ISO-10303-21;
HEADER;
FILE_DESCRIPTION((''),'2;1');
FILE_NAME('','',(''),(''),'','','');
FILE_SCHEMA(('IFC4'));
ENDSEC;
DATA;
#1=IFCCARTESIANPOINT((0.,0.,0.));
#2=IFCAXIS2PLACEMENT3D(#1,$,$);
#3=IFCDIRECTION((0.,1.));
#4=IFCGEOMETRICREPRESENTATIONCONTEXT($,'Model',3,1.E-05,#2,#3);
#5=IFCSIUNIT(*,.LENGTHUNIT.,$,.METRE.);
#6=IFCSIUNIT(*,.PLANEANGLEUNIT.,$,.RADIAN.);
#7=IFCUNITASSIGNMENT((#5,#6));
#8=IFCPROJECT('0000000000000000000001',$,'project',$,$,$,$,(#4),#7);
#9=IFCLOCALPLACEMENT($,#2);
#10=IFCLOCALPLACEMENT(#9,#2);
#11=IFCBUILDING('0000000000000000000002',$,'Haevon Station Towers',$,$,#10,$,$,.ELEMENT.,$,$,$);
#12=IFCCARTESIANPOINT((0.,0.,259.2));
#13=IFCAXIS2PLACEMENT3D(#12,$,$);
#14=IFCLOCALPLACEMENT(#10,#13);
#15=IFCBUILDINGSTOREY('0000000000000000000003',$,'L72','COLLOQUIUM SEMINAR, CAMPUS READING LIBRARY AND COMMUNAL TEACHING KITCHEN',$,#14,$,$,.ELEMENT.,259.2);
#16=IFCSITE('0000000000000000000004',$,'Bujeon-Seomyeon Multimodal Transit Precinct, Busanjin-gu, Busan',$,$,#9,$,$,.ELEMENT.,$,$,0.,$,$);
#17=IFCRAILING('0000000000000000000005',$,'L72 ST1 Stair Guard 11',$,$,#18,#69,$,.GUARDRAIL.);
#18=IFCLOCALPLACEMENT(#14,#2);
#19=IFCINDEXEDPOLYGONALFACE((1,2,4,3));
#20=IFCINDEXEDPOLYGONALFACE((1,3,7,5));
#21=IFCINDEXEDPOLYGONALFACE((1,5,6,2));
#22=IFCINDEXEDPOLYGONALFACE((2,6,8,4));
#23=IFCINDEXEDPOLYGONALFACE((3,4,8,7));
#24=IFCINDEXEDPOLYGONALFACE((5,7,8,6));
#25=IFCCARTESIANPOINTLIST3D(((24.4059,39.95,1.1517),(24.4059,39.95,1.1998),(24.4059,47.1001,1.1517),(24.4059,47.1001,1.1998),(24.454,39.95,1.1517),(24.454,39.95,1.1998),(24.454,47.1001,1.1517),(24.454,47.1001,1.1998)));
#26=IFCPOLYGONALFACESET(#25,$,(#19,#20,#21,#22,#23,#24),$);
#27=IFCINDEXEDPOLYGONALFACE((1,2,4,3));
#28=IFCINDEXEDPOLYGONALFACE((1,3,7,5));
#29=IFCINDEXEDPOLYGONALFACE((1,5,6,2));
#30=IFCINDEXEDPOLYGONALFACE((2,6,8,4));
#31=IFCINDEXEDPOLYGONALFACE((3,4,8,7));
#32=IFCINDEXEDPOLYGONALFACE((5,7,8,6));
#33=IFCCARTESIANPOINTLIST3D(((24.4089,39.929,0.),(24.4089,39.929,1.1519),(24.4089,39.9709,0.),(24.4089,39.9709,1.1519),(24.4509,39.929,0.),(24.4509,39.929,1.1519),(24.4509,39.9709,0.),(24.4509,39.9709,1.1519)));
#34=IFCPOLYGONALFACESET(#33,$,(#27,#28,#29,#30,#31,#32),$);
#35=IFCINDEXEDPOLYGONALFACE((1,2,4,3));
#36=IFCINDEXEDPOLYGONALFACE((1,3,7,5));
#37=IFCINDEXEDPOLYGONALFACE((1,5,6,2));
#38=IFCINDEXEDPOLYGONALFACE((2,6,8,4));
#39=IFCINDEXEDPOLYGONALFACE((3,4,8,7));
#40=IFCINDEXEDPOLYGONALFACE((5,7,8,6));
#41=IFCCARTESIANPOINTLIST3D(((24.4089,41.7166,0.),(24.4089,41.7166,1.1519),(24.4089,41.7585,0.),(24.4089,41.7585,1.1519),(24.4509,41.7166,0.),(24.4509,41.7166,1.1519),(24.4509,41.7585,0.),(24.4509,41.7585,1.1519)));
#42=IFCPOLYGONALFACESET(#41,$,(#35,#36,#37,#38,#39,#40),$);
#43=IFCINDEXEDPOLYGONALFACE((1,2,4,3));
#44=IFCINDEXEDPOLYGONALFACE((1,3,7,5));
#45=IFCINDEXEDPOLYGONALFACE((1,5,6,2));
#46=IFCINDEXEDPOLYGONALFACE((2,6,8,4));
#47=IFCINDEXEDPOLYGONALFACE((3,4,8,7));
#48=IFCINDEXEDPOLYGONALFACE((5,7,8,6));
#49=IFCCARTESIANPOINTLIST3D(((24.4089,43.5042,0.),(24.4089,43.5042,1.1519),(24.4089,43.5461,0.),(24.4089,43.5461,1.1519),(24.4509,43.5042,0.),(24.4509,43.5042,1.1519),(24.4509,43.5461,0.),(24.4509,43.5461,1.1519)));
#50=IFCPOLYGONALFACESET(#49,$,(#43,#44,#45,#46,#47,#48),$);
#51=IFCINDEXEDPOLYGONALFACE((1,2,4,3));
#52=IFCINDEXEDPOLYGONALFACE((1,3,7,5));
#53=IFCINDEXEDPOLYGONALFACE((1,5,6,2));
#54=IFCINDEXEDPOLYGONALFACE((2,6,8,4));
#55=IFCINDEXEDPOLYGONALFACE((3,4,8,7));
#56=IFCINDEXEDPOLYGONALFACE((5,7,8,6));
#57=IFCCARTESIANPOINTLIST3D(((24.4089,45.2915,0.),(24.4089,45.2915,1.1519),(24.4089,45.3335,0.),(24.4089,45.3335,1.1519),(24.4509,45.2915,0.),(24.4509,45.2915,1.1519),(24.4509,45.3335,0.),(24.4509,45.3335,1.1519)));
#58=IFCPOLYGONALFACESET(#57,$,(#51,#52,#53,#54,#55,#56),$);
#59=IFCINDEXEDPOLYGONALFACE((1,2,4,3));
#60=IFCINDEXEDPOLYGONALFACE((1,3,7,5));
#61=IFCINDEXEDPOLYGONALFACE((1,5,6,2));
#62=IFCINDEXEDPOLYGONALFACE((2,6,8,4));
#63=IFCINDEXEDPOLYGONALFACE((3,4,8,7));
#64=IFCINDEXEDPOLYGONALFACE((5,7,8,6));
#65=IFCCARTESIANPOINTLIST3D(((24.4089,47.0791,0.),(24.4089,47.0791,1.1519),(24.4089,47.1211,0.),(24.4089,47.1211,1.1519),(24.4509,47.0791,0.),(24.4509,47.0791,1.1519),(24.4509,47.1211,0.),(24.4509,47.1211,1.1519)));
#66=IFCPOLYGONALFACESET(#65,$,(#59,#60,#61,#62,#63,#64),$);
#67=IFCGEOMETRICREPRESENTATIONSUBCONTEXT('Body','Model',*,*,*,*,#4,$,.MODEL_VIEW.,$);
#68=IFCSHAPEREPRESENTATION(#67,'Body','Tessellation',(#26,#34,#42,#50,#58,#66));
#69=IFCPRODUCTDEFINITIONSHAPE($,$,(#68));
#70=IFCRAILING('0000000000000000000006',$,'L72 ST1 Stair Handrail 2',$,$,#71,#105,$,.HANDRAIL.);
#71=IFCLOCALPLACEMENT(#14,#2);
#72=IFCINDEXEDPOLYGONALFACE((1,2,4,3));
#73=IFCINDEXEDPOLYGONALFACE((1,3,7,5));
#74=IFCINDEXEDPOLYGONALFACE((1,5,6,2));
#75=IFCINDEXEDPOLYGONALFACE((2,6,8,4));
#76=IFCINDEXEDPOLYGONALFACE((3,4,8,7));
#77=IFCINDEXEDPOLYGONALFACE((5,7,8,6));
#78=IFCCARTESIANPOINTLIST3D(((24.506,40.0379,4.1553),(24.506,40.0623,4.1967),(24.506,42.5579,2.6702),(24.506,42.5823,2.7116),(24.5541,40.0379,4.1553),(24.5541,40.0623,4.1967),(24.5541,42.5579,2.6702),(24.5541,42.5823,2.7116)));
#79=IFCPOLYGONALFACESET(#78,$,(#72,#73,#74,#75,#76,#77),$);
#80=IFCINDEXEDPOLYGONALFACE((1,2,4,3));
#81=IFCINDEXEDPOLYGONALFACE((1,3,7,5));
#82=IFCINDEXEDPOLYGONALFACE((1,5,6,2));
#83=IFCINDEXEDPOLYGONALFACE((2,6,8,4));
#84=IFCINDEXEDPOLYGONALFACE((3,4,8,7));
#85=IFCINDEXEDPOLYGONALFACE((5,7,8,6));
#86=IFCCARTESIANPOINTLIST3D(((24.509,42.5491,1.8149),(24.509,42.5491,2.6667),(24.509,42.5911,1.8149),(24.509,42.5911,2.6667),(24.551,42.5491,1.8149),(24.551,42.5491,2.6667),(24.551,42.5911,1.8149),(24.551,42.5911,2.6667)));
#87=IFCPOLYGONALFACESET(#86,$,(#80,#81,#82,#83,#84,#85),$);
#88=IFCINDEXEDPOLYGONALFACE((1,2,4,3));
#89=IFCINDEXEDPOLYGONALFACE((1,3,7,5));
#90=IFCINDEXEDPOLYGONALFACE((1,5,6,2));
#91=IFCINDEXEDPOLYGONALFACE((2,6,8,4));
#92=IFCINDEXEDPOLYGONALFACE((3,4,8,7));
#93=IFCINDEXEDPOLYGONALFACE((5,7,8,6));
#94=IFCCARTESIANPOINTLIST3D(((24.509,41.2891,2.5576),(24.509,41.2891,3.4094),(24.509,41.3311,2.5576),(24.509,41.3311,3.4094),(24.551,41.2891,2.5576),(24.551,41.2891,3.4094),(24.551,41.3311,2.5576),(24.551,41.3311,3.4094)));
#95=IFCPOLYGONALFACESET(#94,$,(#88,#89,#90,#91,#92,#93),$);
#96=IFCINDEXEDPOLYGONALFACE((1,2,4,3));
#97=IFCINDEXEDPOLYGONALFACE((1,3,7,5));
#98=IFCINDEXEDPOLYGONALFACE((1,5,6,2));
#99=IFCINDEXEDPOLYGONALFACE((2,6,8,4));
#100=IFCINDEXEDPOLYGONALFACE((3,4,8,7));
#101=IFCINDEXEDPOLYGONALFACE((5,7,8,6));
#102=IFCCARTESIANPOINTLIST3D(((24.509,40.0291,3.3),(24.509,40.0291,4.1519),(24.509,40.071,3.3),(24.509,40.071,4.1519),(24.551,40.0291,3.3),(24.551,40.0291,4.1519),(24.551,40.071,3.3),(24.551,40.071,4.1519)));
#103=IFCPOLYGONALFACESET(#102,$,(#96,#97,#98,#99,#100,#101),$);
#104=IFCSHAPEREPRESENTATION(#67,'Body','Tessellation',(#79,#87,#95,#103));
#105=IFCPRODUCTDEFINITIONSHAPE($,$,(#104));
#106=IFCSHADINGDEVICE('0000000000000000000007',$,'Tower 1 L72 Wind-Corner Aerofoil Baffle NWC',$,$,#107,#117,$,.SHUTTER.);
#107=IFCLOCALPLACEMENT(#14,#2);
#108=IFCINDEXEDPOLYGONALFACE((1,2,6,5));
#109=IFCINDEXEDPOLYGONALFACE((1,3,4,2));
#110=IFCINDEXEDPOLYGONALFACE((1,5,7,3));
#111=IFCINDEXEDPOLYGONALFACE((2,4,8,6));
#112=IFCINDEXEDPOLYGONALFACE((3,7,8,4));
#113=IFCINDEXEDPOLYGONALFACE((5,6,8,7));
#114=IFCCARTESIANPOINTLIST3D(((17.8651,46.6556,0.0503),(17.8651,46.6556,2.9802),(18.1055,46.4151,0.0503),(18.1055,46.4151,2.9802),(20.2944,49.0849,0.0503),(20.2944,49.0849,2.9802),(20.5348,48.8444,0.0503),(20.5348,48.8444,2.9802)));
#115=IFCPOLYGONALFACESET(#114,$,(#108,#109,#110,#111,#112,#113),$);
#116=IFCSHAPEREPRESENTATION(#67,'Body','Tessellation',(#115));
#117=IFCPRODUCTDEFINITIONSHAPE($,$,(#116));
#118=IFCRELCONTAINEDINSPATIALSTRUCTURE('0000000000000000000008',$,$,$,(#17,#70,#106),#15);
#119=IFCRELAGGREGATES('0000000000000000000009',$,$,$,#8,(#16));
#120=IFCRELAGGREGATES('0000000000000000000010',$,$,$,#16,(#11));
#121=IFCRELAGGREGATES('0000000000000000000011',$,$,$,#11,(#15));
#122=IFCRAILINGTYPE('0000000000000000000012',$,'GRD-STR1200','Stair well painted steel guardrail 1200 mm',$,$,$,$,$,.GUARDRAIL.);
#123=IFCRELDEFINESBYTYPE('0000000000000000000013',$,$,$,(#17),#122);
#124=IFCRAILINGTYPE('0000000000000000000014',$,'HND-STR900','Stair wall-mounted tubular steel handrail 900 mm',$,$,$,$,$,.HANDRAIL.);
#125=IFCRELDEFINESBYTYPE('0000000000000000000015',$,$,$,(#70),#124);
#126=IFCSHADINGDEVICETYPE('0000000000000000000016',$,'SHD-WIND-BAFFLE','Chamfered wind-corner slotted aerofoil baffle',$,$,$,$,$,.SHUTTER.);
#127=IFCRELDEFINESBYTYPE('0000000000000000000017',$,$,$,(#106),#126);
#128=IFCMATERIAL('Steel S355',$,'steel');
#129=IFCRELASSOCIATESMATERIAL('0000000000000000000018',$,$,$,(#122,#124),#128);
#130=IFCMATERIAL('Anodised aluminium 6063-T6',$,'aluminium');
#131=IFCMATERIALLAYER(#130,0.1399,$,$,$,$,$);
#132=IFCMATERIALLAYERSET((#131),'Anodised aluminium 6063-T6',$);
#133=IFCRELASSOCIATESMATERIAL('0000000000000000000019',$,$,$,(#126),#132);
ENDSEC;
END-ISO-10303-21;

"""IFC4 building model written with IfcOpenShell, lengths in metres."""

from ifc_helpers import new_model, si_unit, direction, frame, origin, origin_2d, place, context, subcontext, project, spatial, rectangle, extrude, material, layer, layer_set, type_object, element, save


model = new_model("IFC4")

# Units and contexts
model_context = context("Model", 3, precision=1e-05, world=origin(), true_north=direction((0.0, 1.0)))
body_context = subcontext(model_context, "Body", "Model", "MODEL_VIEW")
ifc_project = project(units=[si_unit("LENGTHUNIT", "METRE"), si_unit("PLANEANGLEUNIT", "RADIAN")], contexts=[model_context])

# Site, building, storey
site_placement = place(None, origin())
site = spatial("IfcSite", under=ifc_project, at=site_placement, Name="Bujeon-Seomyeon Multimodal Transit Precinct, Busanjin-gu, Busan", CompositionType="ELEMENT", RefElevation=0.0)
building_placement = place(site_placement, origin())
building = spatial("IfcBuilding", under=site, at=building_placement, Name="Haevon Station Towers", CompositionType="ELEMENT")
storey_placement = place(building_placement, frame((0.0, 0.0, 259.2)))
storey = spatial("IfcBuildingStorey", under=building, at=storey_placement, Name="L72", Description="COLLOQUIUM SEMINAR, CAMPUS READING LIBRARY AND COMMUNAL TEACHING KITCHEN", CompositionType="ELEMENT", Elevation=259.2)

# Shared definitions
ifc_material_1 = material(Name="Steel S355", Category="steel")

# Railings
railing_type_1 = type_object("IfcRailingType", Name="GRD-STR1200", Description="Stair well painted steel guardrail 1200 mm", PredefinedType="GUARDRAIL", material=ifc_material_1)
railing_1_placement = place(storey_placement, frame((24.4299, 39.95, 0.0)))
element("IfcRailing", 1, at=railing_1_placement, inside=storey, type_object=railing_type_1, Name="L72 ST1 Stair Guard 11", PredefinedType="GUARDRAIL", context=body_context, shape_type="SweptSolid", body=[
    extrude(rectangle(XDim=0.0481, YDim=0.0481, at=origin_2d()), frame((0.0, 0.0, 1.1758), z_axis=(0.0, 1.0, 0.0), x_axis=(-1.0, 0.0, 0.0)), (0.0, 0.0, 1.0), 7.1501),
    extrude(rectangle(XDim=0.042, YDim=0.042, at=origin_2d()), origin(), (0.0, 0.0, 1.0), 1.1519),
    extrude(rectangle(XDim=0.042, YDim=0.042, at=origin_2d()), frame((0.0, 1.7876, 0.0)), (0.0, 0.0, 1.0), 1.1519),
    extrude(rectangle(XDim=0.042, YDim=0.042, at=origin_2d()), frame((0.0, 3.5752, 0.0)), (0.0, 0.0, 1.0), 1.1519),
    extrude(rectangle(XDim=0.042, YDim=0.042, at=origin_2d()), frame((0.0, 5.3625, 0.0)), (0.0, 0.0, 1.0), 1.1519),
    extrude(rectangle(XDim=0.042, YDim=0.042, at=origin_2d()), frame((0.0, 7.1501, 0.0)), (0.0, 0.0, 1.0), 1.1519),
])
railing_type_2 = type_object("IfcRailingType", Name="HND-STR900", Description="Stair wall-mounted tubular steel handrail 900 mm", PredefinedType="HANDRAIL", material=ifc_material_1)
railing_2_placement = place(storey_placement, frame((24.53, 42.5701, 1.8149)))
element("IfcRailing", 2, at=railing_2_placement, inside=storey, type_object=railing_type_2, Name="L72 ST1 Stair Handrail 2", PredefinedType="HANDRAIL", context=body_context, shape_type="SweptSolid", body=[
    extrude(rectangle(XDim=0.0481, YDim=0.0481, at=origin_2d()), frame((0.0, 0.0, 0.876), z_axis=(0.0, -0.861524, 0.507717), x_axis=(1.0, 0.0, 0.0)), (0.0, 0.0, 1.0), 2.925),
    extrude(rectangle(XDim=0.042, YDim=0.042, at=origin_2d()), origin(), (0.0, 0.0, 1.0), 0.8518),
    extrude(rectangle(XDim=0.042, YDim=0.042, at=origin_2d()), frame((0.0, -1.26, 0.7427)), (0.0, 0.0, 1.0), 0.8518),
    extrude(rectangle(XDim=0.042, YDim=0.042, at=origin_2d()), frame((0.0, -2.52, 1.4851)), (0.0, 0.0, 1.0), 0.8518),
])

# Shading device
ifc_material_2 = material(Name="Anodised aluminium 6063-T6", Category="aluminium")
ifc_layer_1 = layer(ifc_material_2, 0.1399)
ifc_layer_set_1 = layer_set([ifc_layer_1], Name="Anodised aluminium 6063-T6")
shading_device_type = type_object("IfcShadingDeviceType", Name="SHD-WIND-BAFFLE", Description="Chamfered wind-corner slotted aerofoil baffle", PredefinedType="SHUTTER", material=ifc_layer_set_1)
shading_device_placement = place(storey_placement, frame((19.2, 47.75, 0.0503), z_axis=(0.0, 0.0, 1.0), x_axis=(0.707107, 0.707107, 0.0)))
element("IfcShadingDevice", 3, at=shading_device_placement, inside=storey, type_object=shading_device_type, Name="Tower 1 L72 Wind-Corner Aerofoil Baffle NWC", PredefinedType="SHUTTER", context=body_context, shape_type="SweptSolid", body=[
    extrude(rectangle(XDim=3.4355, YDim=0.3401, at=origin_2d()), origin(), (0.0, 0.0, 1.0), 2.9299),
])

save(model, "model.ifc")
